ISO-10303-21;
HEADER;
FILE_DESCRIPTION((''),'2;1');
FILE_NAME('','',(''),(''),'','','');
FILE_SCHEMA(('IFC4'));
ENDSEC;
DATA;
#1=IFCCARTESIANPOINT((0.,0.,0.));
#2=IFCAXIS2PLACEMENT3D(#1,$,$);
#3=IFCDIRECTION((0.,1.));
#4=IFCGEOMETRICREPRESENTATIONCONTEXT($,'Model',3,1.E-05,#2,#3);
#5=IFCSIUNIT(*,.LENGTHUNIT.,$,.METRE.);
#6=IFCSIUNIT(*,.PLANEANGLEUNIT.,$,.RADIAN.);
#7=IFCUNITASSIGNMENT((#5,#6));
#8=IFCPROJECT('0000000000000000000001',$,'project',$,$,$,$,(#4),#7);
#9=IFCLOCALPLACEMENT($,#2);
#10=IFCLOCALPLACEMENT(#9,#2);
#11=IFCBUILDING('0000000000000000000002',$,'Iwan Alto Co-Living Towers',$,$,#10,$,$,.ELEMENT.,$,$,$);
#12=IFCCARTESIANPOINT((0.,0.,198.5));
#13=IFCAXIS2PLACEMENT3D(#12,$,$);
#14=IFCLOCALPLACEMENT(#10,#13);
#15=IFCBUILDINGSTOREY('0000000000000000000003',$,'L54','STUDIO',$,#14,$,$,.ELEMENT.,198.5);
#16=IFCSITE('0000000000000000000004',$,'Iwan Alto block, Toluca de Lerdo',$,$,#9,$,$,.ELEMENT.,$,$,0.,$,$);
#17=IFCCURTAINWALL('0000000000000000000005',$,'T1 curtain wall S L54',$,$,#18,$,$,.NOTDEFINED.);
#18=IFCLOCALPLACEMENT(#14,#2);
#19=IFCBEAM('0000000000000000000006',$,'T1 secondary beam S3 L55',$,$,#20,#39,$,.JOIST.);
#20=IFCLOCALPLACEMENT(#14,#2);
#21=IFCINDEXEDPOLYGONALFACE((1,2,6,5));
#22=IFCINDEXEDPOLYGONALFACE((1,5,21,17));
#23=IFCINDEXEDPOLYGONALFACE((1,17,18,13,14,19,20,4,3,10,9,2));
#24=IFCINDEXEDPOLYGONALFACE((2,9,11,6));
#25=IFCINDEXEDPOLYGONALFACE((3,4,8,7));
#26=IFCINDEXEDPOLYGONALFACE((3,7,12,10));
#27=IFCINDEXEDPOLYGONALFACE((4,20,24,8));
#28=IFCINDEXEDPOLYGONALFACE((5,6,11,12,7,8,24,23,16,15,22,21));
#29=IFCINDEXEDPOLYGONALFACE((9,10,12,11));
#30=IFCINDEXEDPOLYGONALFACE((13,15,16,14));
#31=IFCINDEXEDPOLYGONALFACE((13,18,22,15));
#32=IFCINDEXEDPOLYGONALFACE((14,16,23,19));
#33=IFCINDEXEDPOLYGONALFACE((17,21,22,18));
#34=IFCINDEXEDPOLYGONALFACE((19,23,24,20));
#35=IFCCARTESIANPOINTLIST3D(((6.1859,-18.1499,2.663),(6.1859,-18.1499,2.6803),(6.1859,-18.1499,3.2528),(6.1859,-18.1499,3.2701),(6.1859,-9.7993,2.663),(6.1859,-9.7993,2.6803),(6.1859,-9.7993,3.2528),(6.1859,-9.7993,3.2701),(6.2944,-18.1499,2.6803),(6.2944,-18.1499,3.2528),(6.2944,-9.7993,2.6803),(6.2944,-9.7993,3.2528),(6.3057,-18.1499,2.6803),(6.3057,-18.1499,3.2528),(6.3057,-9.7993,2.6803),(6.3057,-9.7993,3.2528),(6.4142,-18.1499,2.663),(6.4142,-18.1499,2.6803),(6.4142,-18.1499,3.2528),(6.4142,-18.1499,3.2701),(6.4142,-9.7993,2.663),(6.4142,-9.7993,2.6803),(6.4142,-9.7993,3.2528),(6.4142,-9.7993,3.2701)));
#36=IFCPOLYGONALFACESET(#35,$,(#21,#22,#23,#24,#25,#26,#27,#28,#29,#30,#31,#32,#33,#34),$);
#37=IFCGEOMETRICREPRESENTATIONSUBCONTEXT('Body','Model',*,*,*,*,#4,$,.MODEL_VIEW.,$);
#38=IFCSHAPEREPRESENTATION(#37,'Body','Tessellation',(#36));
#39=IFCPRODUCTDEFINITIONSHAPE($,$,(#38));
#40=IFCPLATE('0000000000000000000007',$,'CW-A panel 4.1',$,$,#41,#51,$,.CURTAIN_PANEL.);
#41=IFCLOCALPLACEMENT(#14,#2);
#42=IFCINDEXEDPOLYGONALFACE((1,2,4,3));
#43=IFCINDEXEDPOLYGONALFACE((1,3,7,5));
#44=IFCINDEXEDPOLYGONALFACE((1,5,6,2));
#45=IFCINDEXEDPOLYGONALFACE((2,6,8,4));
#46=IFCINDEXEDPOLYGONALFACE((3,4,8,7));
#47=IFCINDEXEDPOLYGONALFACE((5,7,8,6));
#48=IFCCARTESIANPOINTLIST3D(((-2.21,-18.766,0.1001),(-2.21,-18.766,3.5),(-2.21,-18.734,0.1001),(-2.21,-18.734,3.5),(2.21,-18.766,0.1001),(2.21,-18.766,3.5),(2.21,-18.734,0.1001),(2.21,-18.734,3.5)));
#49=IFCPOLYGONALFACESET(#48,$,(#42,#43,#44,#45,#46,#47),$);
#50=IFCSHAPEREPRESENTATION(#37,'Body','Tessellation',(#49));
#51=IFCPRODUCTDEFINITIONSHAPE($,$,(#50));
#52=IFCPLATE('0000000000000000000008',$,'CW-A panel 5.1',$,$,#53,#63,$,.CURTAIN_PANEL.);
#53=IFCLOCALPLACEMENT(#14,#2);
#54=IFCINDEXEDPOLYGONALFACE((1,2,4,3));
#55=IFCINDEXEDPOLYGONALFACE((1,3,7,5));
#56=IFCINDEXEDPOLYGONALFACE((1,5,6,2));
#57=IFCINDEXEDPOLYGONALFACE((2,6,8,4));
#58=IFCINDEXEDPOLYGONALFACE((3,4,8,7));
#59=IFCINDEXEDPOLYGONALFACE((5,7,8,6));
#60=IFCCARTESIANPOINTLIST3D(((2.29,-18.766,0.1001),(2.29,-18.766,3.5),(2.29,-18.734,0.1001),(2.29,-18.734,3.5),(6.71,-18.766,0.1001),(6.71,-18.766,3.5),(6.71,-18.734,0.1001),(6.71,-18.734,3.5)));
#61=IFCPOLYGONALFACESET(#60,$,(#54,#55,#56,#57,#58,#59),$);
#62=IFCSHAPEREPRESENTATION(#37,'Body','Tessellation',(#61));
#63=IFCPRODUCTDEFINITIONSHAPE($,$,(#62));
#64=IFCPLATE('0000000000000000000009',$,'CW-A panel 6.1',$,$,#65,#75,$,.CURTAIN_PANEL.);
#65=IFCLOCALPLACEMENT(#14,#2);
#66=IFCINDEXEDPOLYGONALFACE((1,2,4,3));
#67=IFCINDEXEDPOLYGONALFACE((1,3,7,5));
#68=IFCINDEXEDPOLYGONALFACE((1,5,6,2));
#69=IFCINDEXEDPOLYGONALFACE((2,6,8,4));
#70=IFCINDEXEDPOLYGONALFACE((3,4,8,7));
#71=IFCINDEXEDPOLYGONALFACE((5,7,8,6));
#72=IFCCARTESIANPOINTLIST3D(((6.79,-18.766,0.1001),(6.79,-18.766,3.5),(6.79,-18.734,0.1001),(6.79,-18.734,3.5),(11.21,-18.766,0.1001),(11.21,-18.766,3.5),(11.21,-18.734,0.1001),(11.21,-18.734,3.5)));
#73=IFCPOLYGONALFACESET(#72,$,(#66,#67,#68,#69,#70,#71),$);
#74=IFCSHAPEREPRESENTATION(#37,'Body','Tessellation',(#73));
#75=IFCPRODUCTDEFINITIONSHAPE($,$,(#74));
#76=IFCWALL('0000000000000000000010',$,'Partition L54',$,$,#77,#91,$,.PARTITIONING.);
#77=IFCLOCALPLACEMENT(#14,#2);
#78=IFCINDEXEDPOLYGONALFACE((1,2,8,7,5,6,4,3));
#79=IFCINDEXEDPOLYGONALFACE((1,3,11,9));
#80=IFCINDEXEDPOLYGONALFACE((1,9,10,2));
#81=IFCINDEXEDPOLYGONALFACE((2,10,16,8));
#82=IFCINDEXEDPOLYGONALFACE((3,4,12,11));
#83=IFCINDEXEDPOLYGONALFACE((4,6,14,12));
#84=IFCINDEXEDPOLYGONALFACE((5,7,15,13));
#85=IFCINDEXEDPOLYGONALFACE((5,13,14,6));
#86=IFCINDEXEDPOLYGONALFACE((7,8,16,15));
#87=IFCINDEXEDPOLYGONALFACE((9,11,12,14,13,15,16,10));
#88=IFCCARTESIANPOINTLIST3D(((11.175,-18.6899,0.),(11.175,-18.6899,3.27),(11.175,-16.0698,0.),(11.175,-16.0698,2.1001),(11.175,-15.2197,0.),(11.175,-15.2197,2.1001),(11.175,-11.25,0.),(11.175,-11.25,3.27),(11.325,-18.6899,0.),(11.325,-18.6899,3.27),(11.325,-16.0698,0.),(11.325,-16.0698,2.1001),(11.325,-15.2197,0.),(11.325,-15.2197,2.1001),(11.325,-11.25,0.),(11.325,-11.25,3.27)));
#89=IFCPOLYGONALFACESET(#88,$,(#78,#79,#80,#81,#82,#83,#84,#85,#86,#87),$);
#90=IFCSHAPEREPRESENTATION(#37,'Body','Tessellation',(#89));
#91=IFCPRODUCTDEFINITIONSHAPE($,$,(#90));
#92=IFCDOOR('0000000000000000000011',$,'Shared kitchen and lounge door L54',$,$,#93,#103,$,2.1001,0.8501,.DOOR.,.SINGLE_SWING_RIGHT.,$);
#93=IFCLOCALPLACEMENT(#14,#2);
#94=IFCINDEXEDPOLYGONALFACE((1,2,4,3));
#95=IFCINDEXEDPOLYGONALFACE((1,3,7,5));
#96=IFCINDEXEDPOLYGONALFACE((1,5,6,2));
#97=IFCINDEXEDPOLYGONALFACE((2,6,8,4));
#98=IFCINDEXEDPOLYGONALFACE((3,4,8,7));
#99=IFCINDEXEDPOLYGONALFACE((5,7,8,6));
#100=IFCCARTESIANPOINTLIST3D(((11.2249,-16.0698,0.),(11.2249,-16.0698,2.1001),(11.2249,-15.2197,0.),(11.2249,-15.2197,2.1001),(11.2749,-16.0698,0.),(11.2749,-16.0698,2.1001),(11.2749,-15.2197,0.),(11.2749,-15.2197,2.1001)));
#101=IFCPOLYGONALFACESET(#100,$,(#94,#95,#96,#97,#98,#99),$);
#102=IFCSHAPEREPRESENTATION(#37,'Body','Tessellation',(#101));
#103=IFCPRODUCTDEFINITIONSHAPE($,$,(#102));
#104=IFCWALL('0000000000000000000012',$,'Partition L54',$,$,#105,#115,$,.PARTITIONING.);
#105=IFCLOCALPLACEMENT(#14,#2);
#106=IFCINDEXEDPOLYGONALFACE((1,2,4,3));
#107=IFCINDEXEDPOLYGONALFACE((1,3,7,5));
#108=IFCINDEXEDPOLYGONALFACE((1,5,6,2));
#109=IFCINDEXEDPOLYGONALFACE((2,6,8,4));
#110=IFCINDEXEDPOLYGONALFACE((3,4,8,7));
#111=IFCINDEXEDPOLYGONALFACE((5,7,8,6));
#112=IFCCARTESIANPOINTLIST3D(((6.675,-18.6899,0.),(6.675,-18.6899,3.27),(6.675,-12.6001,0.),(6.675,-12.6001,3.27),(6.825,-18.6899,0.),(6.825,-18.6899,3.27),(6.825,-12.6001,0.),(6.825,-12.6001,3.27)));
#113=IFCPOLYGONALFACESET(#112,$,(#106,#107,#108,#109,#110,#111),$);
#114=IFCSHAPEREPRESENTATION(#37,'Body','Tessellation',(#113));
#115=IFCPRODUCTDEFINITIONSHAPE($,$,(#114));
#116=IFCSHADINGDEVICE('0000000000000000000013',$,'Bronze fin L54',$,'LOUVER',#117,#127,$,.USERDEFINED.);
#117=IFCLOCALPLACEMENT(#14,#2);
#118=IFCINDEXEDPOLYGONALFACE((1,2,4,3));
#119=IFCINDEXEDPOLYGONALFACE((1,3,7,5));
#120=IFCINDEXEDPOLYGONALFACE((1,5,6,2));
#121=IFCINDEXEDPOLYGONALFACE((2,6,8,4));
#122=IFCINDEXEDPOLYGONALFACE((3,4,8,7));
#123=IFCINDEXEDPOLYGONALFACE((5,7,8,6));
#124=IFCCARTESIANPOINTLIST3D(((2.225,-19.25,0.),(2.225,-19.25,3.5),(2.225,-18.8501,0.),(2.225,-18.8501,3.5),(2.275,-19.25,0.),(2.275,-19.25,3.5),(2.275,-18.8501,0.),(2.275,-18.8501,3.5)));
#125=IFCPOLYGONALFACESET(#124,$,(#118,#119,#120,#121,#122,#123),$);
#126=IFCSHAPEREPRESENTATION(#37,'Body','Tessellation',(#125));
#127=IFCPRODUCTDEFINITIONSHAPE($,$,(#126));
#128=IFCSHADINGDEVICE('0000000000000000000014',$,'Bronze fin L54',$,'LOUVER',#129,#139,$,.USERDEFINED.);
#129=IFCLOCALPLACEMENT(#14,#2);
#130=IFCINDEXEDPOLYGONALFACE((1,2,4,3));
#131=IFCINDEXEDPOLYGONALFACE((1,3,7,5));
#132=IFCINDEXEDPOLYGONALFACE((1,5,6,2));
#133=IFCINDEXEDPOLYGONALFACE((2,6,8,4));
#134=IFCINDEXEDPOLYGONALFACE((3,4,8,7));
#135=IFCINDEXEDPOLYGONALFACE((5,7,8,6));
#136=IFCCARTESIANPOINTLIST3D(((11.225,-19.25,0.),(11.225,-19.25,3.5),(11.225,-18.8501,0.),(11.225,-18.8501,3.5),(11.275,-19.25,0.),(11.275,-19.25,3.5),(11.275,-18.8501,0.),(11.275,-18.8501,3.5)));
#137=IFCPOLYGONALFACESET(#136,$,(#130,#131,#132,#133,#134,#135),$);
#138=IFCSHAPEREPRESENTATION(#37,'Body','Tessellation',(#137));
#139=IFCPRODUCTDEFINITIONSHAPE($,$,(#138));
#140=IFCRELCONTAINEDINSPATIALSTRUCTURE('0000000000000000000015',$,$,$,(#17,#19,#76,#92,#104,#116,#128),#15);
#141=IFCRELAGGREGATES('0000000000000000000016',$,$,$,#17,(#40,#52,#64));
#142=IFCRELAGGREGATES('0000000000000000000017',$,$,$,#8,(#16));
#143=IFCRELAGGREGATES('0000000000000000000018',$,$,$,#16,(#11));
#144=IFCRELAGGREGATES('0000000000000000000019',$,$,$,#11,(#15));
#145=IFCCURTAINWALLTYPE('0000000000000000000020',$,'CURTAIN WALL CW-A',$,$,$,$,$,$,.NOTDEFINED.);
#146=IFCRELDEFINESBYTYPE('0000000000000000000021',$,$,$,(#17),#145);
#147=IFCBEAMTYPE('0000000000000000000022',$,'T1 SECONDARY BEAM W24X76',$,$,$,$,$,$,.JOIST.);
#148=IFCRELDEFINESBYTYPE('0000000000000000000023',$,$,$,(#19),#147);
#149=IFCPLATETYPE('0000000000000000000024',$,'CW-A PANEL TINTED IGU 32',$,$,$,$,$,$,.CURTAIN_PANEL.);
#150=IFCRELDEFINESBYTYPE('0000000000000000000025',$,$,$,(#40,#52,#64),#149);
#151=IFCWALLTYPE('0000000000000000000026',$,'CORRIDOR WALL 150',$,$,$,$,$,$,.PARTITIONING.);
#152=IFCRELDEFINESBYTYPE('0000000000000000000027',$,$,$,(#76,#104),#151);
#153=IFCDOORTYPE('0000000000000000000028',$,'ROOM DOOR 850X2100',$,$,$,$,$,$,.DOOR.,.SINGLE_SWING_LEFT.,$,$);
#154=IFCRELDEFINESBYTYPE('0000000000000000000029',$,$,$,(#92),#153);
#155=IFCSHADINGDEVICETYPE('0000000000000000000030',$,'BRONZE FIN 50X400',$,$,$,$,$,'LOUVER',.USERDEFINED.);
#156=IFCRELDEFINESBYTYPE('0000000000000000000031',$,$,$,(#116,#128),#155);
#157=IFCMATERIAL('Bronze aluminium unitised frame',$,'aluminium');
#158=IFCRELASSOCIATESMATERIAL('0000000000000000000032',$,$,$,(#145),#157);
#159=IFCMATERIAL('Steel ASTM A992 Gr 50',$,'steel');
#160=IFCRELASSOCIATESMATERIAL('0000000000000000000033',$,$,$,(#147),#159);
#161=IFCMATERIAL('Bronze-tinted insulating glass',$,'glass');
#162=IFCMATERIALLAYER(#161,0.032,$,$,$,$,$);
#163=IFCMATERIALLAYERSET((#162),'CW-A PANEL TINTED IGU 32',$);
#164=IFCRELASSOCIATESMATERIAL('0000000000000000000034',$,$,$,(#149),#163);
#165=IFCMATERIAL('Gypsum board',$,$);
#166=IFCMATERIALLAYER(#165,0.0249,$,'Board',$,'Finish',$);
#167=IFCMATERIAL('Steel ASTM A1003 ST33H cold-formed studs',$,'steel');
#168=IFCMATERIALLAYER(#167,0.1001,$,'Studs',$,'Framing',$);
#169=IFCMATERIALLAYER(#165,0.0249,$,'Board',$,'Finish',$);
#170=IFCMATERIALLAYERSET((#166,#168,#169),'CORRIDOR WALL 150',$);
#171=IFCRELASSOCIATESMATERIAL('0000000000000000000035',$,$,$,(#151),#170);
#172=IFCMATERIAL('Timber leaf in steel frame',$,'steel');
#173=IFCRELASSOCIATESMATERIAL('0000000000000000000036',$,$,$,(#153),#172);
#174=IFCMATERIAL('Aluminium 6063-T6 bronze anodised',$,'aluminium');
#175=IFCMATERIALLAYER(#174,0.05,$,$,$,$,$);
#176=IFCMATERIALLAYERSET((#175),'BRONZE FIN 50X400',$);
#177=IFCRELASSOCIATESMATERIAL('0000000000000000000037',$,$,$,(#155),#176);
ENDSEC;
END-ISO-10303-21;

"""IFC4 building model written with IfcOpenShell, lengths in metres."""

from ifc_helpers import new_model, si_unit, direction, frame, frame_2d, origin, origin_2d, place, context, subcontext, project, spatial, rectangle, i_section, extrude, material, layer, layer_set, material_profile, profile_set, type_object, element, fill, aggregate, save


model = new_model("IFC4")

# Units and contexts
model_context = context("Model", 3, precision=1e-05, world=origin(), true_north=direction((0.0, 1.0)))
body_context = subcontext(model_context, "Body", "Model", "MODEL_VIEW")
ifc_project = project(units=[si_unit("LENGTHUNIT", "METRE"), si_unit("PLANEANGLEUNIT", "RADIAN")], contexts=[model_context])

# Site, building, storey
site_placement = place(None, origin())
site = spatial("IfcSite", under=ifc_project, at=site_placement, Name="Iwan Alto block, Toluca de Lerdo", CompositionType="ELEMENT", RefElevation=0.0)
building_placement = place(site_placement, origin())
building = spatial("IfcBuilding", under=site, at=building_placement, Name="Iwan Alto Co-Living Towers", CompositionType="ELEMENT")
storey_placement = place(building_placement, frame((0.0, 0.0, 198.5)))
storey = spatial("IfcBuildingStorey", under=building, at=storey_placement, Name="L54", Description="STUDIO", CompositionType="ELEMENT", Elevation=198.5)

# Curtain wall
ifc_material_1 = material(Name="Bronze aluminium unitised frame", Category="aluminium")
curtain_wall_type = type_object("IfcCurtainWallType", Name="CURTAIN WALL CW-A", PredefinedType="NOTDEFINED", material=ifc_material_1)
curtain_wall_placement = place(storey_placement, origin())
curtain_wall = element("IfcCurtainWall", 1, at=curtain_wall_placement, inside=storey, type_object=curtain_wall_type, Name="T1 curtain wall S L54", PredefinedType="NOTDEFINED")

# Beam
ifc_material_2 = material(Name="Steel ASTM A992 Gr 50", Category="steel")
ifc_material_profile_1 = material_profile(ifc_material_2, i_section(OverallWidth=0.2283, OverallDepth=0.6072, WebThickness=0.0112, FlangeThickness=0.0173, at=origin_2d()), Name="W24X76")
ifc_profile_set_1 = profile_set([ifc_material_profile_1], Name="Steel ASTM A992 Gr 50")
beam_type_1 = type_object("IfcBeamType", Name="T1 SECONDARY BEAM W24X76", PredefinedType="JOIST", material=ifc_profile_set_1)
beam_1_placement = place(storey_placement, frame((6.3, -18.1499, 2.9666), z_axis=(0.0, 1.0, 0.0), x_axis=(-1.0, 0.0, 0.0)))
element("IfcBeam", 2, at=beam_1_placement, inside=storey, type_object=beam_type_1, Name="T1 secondary beam S3 L55", PredefinedType="JOIST", context=body_context, shape_type="SweptSolid", body=[
    extrude(i_section(OverallWidth=0.2283, OverallDepth=0.6072, WebThickness=0.0112, FlangeThickness=0.0173, at=origin_2d()), origin(), (0.0, 0.0, 1.0), 8.3506),
])

# Plates
ifc_material_3 = material(Name="Bronze-tinted insulating glass", Category="glass")
ifc_layer_1 = layer(ifc_material_3, 0.032)
ifc_layer_set_1 = layer_set([ifc_layer_1], Name="CW-A PANEL TINTED IGU 32")
plate_type = type_object("IfcPlateType", Name="CW-A PANEL TINTED IGU 32", PredefinedType="CURTAIN_PANEL", material=ifc_layer_set_1)
plate_1_placement = place(storey_placement, frame((0.0, -18.75, 0.1001), z_axis=(0.0, 0.0, 1.0), x_axis=(1.0, 0.0, 0.0)))
plate_1 = element("IfcPlate", 3, at=plate_1_placement, type_object=plate_type, Name="CW-A panel 4.1", PredefinedType="CURTAIN_PANEL", context=body_context, shape_type="SweptSolid", body=[
    extrude(rectangle(XDim=4.4199, YDim=0.032, at=origin_2d()), origin(), (0.0, 0.0, 1.0), 3.3999),
])
plate_2_placement = place(storey_placement, frame((4.5, -18.75, 0.1001), z_axis=(0.0, 0.0, 1.0), x_axis=(1.0, 0.0, 0.0)))
plate_2 = element("IfcPlate", 4, at=plate_2_placement, type_object=plate_type, Name="CW-A panel 5.1", PredefinedType="CURTAIN_PANEL", context=body_context, shape_type="SweptSolid", body=[
    extrude(rectangle(XDim=4.4199, YDim=0.032, at=origin_2d()), origin(), (0.0, 0.0, 1.0), 3.3999),
])
plate_3_placement = place(storey_placement, frame((9.0, -18.75, 0.1001), z_axis=(0.0, 0.0, 1.0), x_axis=(1.0, 0.0, 0.0)))
plate_3 = element("IfcPlate", 5, at=plate_3_placement, type_object=plate_type, Name="CW-A panel 6.1", PredefinedType="CURTAIN_PANEL", context=body_context, shape_type="SweptSolid", body=[
    extrude(rectangle(XDim=4.4199, YDim=0.032, at=origin_2d()), origin(), (0.0, 0.0, 1.0), 3.3999),
])
aggregate(curtain_wall, [plate_1, plate_2, plate_3])

# Wall, opening, door
ifc_material_4 = material(Name="Gypsum board")
ifc_layer_2 = layer(ifc_material_4, 0.0249, Name="Board", Category="Finish")
ifc_material_5 = material(Name="Steel ASTM A1003 ST33H cold-formed studs", Category="steel")
ifc_layer_3 = layer(ifc_material_5, 0.1001, Name="Studs", Category="Framing")
ifc_layer_4 = layer(ifc_material_4, 0.0249, Name="Board", Category="Finish")
ifc_layer_set_2 = layer_set([ifc_layer_2, ifc_layer_3, ifc_layer_4], Name="CORRIDOR WALL 150")
wall_type = type_object("IfcWallType", Name="CORRIDOR WALL 150", PredefinedType="PARTITIONING", material=ifc_layer_set_2)
wall_1_placement = place(storey_placement, frame((11.25, -18.6899, 0.0), z_axis=(0.0, 0.0, 1.0), x_axis=(0.0, 1.0, 0.0)))
wall_1 = element("IfcWall", 6, at=wall_1_placement, inside=storey, type_object=wall_type, Name="Partition L54", PredefinedType="PARTITIONING", context=body_context, shape_type="SweptSolid", body=[
    extrude(rectangle(XDim=7.4399, YDim=0.1499, at=frame_2d((3.72, 0.0))), origin(), (0.0, 0.0, 1.0), 3.27),
])
opening_placement = place(wall_1_placement, frame((2.6201, 0.0, 0.0)))
opening = element("IfcOpeningElement", 7, at=opening_placement, cuts=wall_1, PredefinedType="OPENING", context=body_context, shape_type="SweptSolid", body=[
    extrude(rectangle(XDim=0.8501, YDim=2.1001, at=frame_2d((0.425, 1.05))), frame((0.0, 0.085, 0.0), z_axis=(0.0, -1.0, 0.0), x_axis=(1.0, 0.0, 0.0)), (0.0, 0.0, 1.0), 0.1699),
])
ifc_material_6 = material(Name="Timber leaf in steel frame", Category="steel")
door_type = type_object("IfcDoorType", Name="ROOM DOOR 850X2100", OperationType="SINGLE_SWING_LEFT", PredefinedType="DOOR", material=ifc_material_6)
door_placement = place(opening_placement, frame((0.8501, 0.0, 0.0), z_axis=(0.0, 0.0, 1.0), x_axis=(-1.0, 0.0, 0.0)))
door = element("IfcDoor", 8, at=door_placement, inside=storey, type_object=door_type, Name="Shared kitchen and lounge door L54", OperationType="SINGLE_SWING_RIGHT", OverallHeight=2.1001, OverallWidth=0.8501, PredefinedType="DOOR", context=body_context, shape_type="SweptSolid", body=[
    extrude(rectangle(XDim=0.8501, YDim=2.1001, at=frame_2d((0.425, 1.05))), frame((0.0, 0.0249, 0.0), z_axis=(0.0, -1.0, 0.0), x_axis=(1.0, 0.0, 0.0)), (0.0, 0.0, 1.0), 0.05),
])
fill(opening, door)

# Wall
wall_2_placement = place(storey_placement, frame((6.75, -18.6899, 0.0), z_axis=(0.0, 0.0, 1.0), x_axis=(0.0, 1.0, 0.0)))
element("IfcWall", 9, at=wall_2_placement, inside=storey, type_object=wall_type, Name="Partition L54", PredefinedType="PARTITIONING", context=body_context, shape_type="SweptSolid", body=[
    extrude(rectangle(XDim=6.0898, YDim=0.1499, at=frame_2d((3.0449, 0.0))), origin(), (0.0, 0.0, 1.0), 3.27),
])

# Shading devices
ifc_material_7 = material(Name="Aluminium 6063-T6 bronze anodised", Category="aluminium")
ifc_layer_5 = layer(ifc_material_7, 0.05)
ifc_layer_set_3 = layer_set([ifc_layer_5], Name="BRONZE FIN 50X400")
shading_device_type = type_object("IfcShadingDeviceType", Name="BRONZE FIN 50X400", ElementType="LOUVER", PredefinedType="USERDEFINED", material=ifc_layer_set_3)
for number, where, z_axis, x_axis, name in (
    (10, (2.25, -19.05, 0.0), (0.0, 0.0, 1.0), (1.0, 0.0, 0.0), "Bronze fin L54"),
    (11, (11.25, -19.05, 0.0), (0.0, 0.0, 1.0), (1.0, 0.0, 0.0), "Bronze fin L54"),
):
    element("IfcShadingDevice", number, at=place(storey_placement, frame(where, z_axis=z_axis, x_axis=x_axis)), inside=storey, type_object=shading_device_type, Name=name, ObjectType="LOUVER", PredefinedType="USERDEFINED", context=body_context, shape_type="SweptSolid", body=[
        extrude(rectangle(XDim=0.05, YDim=0.3999, at=origin_2d()), origin(), (0.0, 0.0, 1.0), 3.5),
    ])

save(model, "model.ifc")
